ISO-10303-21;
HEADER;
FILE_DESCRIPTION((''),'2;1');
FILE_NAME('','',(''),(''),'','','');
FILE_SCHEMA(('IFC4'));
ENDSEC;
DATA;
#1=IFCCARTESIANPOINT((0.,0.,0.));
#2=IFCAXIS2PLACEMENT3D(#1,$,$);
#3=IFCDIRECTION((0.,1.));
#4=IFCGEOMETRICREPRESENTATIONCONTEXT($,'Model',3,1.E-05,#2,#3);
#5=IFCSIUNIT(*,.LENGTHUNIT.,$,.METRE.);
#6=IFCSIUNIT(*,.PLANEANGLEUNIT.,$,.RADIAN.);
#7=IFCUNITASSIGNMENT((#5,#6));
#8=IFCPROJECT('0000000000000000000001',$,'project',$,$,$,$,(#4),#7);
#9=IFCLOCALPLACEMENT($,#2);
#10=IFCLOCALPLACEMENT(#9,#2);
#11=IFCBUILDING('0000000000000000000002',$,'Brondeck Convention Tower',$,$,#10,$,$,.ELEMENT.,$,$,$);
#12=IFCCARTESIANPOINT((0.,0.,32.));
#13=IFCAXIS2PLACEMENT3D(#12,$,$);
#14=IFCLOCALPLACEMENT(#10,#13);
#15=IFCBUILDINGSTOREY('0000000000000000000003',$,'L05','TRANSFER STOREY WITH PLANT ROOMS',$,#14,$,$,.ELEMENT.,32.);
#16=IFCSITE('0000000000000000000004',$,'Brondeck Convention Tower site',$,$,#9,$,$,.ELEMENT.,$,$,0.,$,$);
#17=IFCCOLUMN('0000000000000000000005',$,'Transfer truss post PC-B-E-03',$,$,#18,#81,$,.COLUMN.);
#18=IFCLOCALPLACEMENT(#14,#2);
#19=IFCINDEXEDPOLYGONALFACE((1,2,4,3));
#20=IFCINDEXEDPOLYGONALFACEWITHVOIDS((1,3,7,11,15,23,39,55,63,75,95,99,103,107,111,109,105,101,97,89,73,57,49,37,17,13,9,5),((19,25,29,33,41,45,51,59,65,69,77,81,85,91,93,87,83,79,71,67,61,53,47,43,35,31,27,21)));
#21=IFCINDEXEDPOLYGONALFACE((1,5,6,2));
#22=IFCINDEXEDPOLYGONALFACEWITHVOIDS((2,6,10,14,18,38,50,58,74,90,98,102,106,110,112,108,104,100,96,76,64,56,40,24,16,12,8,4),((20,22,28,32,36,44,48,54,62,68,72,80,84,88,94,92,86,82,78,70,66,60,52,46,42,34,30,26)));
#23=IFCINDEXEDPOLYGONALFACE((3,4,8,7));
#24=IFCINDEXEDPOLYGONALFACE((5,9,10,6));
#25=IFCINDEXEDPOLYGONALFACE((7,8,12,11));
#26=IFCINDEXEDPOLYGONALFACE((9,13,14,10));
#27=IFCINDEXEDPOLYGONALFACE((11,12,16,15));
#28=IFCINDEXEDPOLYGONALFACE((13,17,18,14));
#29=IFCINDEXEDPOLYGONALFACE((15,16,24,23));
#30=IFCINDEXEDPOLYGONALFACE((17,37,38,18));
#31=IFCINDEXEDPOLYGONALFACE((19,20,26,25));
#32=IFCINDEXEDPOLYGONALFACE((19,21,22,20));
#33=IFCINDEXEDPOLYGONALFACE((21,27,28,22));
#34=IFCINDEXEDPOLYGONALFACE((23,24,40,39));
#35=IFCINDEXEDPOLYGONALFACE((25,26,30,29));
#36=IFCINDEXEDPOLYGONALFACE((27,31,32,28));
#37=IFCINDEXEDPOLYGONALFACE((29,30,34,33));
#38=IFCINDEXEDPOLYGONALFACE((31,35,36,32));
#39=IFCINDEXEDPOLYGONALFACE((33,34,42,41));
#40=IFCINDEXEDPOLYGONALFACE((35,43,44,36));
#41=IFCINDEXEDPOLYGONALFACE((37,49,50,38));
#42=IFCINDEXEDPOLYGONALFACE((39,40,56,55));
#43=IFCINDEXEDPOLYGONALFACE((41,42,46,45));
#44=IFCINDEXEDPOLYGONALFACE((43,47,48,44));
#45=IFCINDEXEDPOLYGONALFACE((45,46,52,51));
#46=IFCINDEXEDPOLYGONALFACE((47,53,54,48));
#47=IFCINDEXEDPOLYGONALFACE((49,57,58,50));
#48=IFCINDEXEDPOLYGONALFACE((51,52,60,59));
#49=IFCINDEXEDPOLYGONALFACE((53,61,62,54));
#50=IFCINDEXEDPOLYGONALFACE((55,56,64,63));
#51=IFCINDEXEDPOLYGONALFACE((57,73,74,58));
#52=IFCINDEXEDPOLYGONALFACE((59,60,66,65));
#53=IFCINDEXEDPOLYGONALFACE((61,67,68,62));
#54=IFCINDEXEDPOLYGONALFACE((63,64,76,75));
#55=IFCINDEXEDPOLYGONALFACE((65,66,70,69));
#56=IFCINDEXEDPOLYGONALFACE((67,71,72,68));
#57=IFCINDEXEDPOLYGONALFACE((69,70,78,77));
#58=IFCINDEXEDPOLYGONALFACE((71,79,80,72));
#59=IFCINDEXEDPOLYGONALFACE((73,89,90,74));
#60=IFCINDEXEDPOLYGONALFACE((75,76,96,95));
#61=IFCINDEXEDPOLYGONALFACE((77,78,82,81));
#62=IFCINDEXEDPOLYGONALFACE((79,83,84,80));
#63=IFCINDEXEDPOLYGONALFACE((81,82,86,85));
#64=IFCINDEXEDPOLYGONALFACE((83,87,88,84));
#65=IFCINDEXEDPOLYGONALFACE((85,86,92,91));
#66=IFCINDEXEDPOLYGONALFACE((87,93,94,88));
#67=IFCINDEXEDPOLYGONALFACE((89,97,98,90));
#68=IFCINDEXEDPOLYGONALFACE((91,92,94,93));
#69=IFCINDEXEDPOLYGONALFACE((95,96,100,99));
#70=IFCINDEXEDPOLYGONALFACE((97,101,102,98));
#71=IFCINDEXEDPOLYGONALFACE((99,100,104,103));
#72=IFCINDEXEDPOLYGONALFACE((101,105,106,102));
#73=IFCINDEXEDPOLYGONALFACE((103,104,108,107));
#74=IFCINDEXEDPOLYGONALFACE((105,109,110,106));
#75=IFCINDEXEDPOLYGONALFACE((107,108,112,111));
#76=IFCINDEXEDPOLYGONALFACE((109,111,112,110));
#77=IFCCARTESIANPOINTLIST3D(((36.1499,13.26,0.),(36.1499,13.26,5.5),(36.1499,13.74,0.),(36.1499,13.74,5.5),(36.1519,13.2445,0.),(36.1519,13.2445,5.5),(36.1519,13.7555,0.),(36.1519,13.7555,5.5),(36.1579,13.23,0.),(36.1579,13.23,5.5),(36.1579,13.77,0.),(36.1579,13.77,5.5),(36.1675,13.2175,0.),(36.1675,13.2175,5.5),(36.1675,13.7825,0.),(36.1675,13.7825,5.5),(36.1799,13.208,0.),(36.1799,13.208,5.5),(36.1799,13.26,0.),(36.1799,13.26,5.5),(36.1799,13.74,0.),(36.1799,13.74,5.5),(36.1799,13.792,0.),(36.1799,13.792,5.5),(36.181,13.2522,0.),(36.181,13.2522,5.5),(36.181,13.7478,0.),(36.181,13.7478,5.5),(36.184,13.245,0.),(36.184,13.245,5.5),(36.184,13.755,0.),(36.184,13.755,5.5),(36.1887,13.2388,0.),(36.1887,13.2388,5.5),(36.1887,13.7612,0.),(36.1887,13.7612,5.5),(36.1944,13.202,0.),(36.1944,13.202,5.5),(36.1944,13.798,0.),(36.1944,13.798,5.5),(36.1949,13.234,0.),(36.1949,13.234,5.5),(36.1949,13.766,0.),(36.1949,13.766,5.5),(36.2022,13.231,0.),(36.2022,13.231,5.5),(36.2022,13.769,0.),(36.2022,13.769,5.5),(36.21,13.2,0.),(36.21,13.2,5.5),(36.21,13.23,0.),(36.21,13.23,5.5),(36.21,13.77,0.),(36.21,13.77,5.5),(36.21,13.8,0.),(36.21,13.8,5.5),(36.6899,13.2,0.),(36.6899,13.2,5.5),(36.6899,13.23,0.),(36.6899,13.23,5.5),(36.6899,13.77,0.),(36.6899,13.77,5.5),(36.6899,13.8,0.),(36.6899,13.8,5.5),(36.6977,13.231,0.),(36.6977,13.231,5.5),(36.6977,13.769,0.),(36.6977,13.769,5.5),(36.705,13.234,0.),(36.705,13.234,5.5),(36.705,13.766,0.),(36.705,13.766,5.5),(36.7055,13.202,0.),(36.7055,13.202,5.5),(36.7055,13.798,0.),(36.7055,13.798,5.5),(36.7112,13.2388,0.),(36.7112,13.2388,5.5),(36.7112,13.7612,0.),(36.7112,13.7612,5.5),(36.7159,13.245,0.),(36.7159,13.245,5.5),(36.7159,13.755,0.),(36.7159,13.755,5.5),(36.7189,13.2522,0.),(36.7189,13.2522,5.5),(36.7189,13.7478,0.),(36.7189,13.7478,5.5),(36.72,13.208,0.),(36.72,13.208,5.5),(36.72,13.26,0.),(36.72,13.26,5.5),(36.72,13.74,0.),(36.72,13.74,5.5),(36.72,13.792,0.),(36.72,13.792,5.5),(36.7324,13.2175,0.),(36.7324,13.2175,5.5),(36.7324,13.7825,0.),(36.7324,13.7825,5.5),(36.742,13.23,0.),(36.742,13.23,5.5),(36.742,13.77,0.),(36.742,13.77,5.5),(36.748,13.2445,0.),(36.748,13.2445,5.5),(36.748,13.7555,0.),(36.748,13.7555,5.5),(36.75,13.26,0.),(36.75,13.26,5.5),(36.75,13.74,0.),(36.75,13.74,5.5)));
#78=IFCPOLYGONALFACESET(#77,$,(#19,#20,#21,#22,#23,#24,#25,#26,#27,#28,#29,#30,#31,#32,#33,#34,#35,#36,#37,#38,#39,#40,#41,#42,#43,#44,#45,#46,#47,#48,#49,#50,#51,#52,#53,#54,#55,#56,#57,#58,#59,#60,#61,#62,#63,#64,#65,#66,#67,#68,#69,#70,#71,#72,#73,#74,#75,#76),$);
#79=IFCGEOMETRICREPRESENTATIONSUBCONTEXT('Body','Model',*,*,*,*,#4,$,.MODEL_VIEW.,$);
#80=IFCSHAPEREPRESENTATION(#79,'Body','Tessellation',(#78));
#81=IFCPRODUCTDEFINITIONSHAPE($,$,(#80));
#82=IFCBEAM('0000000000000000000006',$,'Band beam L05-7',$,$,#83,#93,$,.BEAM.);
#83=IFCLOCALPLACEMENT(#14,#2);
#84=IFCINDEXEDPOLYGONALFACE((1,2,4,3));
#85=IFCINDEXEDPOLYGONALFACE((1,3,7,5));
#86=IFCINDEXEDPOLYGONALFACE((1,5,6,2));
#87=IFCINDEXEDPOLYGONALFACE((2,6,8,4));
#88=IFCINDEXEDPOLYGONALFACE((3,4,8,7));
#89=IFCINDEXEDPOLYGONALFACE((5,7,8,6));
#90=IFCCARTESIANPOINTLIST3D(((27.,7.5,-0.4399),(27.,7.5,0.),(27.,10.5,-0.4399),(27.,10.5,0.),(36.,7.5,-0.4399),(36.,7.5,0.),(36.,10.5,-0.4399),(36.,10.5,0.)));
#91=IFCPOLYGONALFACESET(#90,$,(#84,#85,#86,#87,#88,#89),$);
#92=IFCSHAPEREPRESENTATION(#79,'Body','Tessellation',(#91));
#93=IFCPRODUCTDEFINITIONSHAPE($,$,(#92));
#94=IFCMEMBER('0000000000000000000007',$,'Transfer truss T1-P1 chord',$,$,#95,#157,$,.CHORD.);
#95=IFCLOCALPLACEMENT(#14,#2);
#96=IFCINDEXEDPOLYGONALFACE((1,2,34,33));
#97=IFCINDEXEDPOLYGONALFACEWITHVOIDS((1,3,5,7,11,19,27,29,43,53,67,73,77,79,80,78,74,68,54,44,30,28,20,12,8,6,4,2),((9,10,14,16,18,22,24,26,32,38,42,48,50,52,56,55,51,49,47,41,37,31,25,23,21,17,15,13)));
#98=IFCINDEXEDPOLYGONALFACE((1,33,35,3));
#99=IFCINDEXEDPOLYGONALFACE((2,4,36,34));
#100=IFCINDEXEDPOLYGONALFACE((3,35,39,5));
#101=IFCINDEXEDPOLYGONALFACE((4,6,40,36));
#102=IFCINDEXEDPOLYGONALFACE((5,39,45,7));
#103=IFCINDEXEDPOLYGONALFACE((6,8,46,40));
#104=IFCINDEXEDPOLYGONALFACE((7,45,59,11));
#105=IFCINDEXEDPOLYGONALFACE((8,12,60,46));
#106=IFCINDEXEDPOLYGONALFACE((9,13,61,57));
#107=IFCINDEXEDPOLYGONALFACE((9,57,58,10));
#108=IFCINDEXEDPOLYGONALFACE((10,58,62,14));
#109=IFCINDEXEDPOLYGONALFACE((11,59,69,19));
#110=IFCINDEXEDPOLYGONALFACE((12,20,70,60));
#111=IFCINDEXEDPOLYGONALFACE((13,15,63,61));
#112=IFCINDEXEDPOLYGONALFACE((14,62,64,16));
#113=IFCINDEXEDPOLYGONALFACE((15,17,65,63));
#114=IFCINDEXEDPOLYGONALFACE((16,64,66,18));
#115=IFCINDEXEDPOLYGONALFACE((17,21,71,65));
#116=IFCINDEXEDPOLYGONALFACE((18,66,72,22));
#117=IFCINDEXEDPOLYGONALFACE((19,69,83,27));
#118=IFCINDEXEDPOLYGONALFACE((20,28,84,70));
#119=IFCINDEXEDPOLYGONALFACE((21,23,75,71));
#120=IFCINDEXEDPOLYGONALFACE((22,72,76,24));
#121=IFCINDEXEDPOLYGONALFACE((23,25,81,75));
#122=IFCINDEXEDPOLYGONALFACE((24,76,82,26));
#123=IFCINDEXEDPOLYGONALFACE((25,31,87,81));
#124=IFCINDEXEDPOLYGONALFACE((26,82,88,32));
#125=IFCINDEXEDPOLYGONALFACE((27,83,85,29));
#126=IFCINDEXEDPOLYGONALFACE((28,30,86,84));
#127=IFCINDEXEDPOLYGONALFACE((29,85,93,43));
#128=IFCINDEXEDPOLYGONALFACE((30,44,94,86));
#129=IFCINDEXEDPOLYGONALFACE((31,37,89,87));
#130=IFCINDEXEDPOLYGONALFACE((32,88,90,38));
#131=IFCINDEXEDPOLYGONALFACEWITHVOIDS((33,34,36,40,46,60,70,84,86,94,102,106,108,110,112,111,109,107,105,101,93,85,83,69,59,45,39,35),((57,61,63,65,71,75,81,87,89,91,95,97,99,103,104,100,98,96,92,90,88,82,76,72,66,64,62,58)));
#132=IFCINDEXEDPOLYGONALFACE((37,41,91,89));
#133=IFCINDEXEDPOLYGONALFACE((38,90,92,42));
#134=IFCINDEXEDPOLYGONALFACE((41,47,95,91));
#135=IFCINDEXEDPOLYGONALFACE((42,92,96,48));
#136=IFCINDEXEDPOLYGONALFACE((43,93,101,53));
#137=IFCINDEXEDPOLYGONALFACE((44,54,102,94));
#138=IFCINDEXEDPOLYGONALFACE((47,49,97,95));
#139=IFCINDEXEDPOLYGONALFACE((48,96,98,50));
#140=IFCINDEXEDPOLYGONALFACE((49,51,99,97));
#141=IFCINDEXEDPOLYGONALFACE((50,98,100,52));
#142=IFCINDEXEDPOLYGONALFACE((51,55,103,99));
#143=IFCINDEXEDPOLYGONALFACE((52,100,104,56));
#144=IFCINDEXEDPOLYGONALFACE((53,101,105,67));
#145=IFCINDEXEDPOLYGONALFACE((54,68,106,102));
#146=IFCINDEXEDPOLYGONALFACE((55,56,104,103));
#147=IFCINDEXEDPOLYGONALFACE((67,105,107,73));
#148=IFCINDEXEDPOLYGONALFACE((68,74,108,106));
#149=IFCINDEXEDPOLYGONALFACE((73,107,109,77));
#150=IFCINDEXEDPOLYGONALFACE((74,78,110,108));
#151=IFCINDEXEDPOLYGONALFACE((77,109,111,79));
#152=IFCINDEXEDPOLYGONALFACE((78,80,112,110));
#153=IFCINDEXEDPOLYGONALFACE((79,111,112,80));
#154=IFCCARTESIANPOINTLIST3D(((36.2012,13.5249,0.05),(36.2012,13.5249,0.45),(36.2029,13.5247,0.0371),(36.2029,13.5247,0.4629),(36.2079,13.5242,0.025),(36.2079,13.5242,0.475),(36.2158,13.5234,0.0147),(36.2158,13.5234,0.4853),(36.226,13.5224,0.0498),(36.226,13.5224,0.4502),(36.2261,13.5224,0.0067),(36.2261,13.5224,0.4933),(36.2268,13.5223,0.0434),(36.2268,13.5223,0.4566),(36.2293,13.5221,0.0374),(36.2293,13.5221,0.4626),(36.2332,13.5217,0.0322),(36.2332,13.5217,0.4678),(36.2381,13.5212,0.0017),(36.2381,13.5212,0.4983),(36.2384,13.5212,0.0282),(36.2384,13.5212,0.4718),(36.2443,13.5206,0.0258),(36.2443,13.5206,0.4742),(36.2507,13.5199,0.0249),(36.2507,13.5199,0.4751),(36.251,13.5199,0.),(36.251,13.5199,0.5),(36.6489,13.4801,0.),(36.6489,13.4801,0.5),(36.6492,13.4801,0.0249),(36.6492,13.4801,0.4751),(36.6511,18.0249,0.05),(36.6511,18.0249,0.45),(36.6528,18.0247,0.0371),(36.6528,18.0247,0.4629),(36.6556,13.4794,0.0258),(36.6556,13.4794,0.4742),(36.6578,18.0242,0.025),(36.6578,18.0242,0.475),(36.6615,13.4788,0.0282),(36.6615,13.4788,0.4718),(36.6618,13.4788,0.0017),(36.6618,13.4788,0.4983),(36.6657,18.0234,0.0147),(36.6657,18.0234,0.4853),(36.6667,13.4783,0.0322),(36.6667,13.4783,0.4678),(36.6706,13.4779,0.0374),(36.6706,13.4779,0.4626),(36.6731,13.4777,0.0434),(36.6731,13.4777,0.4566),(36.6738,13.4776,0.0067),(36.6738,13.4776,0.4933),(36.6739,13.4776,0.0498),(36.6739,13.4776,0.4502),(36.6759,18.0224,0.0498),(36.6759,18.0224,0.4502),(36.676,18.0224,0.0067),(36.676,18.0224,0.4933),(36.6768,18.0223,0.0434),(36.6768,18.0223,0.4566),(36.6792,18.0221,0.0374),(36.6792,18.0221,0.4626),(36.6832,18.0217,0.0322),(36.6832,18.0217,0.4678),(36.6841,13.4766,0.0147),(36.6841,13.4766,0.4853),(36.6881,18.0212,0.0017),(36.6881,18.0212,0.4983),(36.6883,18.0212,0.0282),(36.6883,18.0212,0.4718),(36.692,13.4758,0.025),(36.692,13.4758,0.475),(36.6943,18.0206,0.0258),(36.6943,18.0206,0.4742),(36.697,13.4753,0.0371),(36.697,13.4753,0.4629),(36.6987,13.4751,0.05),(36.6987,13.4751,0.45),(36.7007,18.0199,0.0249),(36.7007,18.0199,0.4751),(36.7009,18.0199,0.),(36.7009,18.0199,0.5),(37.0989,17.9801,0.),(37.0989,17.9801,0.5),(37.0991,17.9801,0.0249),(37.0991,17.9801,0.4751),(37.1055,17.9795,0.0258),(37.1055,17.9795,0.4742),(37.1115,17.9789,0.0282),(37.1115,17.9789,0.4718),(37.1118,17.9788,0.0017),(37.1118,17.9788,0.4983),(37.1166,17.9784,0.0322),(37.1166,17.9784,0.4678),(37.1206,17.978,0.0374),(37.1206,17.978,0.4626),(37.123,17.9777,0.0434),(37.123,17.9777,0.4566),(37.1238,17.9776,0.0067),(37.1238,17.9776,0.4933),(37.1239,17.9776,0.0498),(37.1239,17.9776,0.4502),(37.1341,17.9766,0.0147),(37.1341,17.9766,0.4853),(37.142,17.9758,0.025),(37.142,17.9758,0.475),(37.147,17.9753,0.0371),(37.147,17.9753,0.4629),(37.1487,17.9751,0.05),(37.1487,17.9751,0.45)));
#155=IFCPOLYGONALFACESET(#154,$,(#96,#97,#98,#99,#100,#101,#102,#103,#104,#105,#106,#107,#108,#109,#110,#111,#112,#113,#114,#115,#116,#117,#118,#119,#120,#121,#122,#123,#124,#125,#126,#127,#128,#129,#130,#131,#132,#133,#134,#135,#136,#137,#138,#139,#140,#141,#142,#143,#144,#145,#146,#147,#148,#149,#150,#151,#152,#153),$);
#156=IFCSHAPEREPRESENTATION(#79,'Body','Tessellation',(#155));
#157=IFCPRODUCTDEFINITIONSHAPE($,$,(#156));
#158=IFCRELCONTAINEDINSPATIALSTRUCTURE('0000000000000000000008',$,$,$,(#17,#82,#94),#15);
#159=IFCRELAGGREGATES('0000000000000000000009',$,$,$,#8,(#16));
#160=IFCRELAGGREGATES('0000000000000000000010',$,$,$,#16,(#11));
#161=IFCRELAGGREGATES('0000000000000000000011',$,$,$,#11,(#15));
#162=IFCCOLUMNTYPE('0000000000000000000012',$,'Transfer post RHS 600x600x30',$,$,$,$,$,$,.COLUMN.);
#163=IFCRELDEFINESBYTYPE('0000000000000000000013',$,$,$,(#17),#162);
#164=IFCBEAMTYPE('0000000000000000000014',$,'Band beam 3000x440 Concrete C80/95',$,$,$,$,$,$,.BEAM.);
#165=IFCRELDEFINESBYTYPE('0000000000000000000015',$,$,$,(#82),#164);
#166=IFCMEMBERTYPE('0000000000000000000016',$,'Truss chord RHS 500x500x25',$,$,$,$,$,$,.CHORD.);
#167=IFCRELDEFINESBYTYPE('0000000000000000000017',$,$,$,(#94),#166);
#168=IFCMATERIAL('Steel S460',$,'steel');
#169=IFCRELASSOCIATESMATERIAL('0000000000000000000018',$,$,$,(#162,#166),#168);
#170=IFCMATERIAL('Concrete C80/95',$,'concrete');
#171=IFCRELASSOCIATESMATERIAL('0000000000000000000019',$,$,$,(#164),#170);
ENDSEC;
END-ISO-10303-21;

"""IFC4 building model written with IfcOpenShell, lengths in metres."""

from ifc_helpers import new_model, si_unit, direction, frame, origin, origin_2d, place, context, subcontext, project, spatial, rectangle, hollow_rectangle, extrude, material, material_profile, profile_set, type_object, element, save


model = new_model("IFC4")

# Units and contexts
model_context = context("Model", 3, precision=1e-05, world=origin(), true_north=direction((0.0, 1.0)))
body_context = subcontext(model_context, "Body", "Model", "MODEL_VIEW")
ifc_project = project(units=[si_unit("LENGTHUNIT", "METRE"), si_unit("PLANEANGLEUNIT", "RADIAN")], contexts=[model_context])

# Site, building, storey
site_placement = place(None, origin())
site = spatial("IfcSite", under=ifc_project, at=site_placement, Name="Brondeck Convention Tower site", CompositionType="ELEMENT", RefElevation=0.0)
building_placement = place(site_placement, origin())
building = spatial("IfcBuilding", under=site, at=building_placement, Name="Brondeck Convention Tower", CompositionType="ELEMENT")
storey_placement = place(building_placement, frame((0.0, 0.0, 32.0)))
storey = spatial("IfcBuildingStorey", under=building, at=storey_placement, Name="L05", Description="TRANSFER STOREY WITH PLANT ROOMS", CompositionType="ELEMENT", Elevation=32.0)

# Column
ifc_material_1 = material(Name="Steel S460", Category="steel")
ifc_material_profile_1 = material_profile(ifc_material_1, hollow_rectangle(XDim=0.6001, YDim=0.6001, WallThickness=0.03, InnerFilletRadius=0.03, OuterFilletRadius=0.0601, at=origin_2d()), Name="RHS 600x600x30")
ifc_profile_set_1 = profile_set([ifc_material_profile_1], Name="Steel S460")
column_type = type_object("IfcColumnType", Name="Transfer post RHS 600x600x30", PredefinedType="COLUMN", material=ifc_profile_set_1)
column_placement = place(storey_placement, frame((36.45, 13.5, 0.0), z_axis=(0.0, 0.0, 1.0), x_axis=(1.0, 0.0, 0.0)))
element("IfcColumn", 1, at=column_placement, inside=storey, type_object=column_type, Name="Transfer truss post PC-B-E-03", PredefinedType="COLUMN", context=body_context, shape_type="SweptSolid", body=[
    extrude(hollow_rectangle(XDim=0.6001, YDim=0.6001, WallThickness=0.03, InnerFilletRadius=0.03, OuterFilletRadius=0.0601, at=origin_2d()), origin(), (0.0, 0.0, 1.0), 5.5),
])

# Beam
ifc_material_2 = material(Name="Concrete C80/95", Category="concrete")
ifc_material_profile_2 = material_profile(ifc_material_2, rectangle(XDim=3.0, YDim=0.4399, at=origin_2d()), Name="Band beam 3000x440 Concrete C80/95")
ifc_profile_set_2 = profile_set([ifc_material_profile_2], Name="Concrete C80/95")
beam_type = type_object("IfcBeamType", Name="Band beam 3000x440 Concrete C80/95", PredefinedType="BEAM", material=ifc_profile_set_2)
beam_placement = place(storey_placement, frame((36.0, 9.0, -0.22), z_axis=(-1.0, 0.0, 0.0), x_axis=(0.0, -1.0, 0.0)))
element("IfcBeam", 2, at=beam_placement, inside=storey, type_object=beam_type, Name="Band beam L05-7", PredefinedType="BEAM", context=body_context, shape_type="SweptSolid", body=[
    extrude(rectangle(XDim=3.0, YDim=0.4399, at=origin_2d()), origin(), (0.0, 0.0, 1.0), 9.0),
])

# Member
ifc_material_profile_3 = material_profile(ifc_material_1, hollow_rectangle(XDim=0.5, YDim=0.5, WallThickness=0.0249, InnerFilletRadius=0.0249, OuterFilletRadius=0.05, at=origin_2d()), Name="RHS 500x500x25")
ifc_profile_set_3 = profile_set([ifc_material_profile_3], Name="Steel S460")
member_type_1 = type_object("IfcMemberType", Name="Truss chord RHS 500x500x25", PredefinedType="CHORD", material=ifc_profile_set_3)
member_1_placement = place(storey_placement, frame((36.45, 13.5, 0.25), z_axis=(0.099493, 0.995038, 0.0), x_axis=(-0.995038, 0.099493, 0.0)))
element("IfcMember", 3, at=member_1_placement, inside=storey, type_object=member_type_1, Name="Transfer truss T1-P1 chord", PredefinedType="CHORD", context=body_context, shape_type="SweptSolid", body=[
    extrude(hollow_rectangle(XDim=0.5, YDim=0.5, WallThickness=0.0249, InnerFilletRadius=0.0249, OuterFilletRadius=0.05, at=origin_2d()), origin(), (0.0, 0.0, 1.0), 4.5225),
])

save(model, "model.ifc")
